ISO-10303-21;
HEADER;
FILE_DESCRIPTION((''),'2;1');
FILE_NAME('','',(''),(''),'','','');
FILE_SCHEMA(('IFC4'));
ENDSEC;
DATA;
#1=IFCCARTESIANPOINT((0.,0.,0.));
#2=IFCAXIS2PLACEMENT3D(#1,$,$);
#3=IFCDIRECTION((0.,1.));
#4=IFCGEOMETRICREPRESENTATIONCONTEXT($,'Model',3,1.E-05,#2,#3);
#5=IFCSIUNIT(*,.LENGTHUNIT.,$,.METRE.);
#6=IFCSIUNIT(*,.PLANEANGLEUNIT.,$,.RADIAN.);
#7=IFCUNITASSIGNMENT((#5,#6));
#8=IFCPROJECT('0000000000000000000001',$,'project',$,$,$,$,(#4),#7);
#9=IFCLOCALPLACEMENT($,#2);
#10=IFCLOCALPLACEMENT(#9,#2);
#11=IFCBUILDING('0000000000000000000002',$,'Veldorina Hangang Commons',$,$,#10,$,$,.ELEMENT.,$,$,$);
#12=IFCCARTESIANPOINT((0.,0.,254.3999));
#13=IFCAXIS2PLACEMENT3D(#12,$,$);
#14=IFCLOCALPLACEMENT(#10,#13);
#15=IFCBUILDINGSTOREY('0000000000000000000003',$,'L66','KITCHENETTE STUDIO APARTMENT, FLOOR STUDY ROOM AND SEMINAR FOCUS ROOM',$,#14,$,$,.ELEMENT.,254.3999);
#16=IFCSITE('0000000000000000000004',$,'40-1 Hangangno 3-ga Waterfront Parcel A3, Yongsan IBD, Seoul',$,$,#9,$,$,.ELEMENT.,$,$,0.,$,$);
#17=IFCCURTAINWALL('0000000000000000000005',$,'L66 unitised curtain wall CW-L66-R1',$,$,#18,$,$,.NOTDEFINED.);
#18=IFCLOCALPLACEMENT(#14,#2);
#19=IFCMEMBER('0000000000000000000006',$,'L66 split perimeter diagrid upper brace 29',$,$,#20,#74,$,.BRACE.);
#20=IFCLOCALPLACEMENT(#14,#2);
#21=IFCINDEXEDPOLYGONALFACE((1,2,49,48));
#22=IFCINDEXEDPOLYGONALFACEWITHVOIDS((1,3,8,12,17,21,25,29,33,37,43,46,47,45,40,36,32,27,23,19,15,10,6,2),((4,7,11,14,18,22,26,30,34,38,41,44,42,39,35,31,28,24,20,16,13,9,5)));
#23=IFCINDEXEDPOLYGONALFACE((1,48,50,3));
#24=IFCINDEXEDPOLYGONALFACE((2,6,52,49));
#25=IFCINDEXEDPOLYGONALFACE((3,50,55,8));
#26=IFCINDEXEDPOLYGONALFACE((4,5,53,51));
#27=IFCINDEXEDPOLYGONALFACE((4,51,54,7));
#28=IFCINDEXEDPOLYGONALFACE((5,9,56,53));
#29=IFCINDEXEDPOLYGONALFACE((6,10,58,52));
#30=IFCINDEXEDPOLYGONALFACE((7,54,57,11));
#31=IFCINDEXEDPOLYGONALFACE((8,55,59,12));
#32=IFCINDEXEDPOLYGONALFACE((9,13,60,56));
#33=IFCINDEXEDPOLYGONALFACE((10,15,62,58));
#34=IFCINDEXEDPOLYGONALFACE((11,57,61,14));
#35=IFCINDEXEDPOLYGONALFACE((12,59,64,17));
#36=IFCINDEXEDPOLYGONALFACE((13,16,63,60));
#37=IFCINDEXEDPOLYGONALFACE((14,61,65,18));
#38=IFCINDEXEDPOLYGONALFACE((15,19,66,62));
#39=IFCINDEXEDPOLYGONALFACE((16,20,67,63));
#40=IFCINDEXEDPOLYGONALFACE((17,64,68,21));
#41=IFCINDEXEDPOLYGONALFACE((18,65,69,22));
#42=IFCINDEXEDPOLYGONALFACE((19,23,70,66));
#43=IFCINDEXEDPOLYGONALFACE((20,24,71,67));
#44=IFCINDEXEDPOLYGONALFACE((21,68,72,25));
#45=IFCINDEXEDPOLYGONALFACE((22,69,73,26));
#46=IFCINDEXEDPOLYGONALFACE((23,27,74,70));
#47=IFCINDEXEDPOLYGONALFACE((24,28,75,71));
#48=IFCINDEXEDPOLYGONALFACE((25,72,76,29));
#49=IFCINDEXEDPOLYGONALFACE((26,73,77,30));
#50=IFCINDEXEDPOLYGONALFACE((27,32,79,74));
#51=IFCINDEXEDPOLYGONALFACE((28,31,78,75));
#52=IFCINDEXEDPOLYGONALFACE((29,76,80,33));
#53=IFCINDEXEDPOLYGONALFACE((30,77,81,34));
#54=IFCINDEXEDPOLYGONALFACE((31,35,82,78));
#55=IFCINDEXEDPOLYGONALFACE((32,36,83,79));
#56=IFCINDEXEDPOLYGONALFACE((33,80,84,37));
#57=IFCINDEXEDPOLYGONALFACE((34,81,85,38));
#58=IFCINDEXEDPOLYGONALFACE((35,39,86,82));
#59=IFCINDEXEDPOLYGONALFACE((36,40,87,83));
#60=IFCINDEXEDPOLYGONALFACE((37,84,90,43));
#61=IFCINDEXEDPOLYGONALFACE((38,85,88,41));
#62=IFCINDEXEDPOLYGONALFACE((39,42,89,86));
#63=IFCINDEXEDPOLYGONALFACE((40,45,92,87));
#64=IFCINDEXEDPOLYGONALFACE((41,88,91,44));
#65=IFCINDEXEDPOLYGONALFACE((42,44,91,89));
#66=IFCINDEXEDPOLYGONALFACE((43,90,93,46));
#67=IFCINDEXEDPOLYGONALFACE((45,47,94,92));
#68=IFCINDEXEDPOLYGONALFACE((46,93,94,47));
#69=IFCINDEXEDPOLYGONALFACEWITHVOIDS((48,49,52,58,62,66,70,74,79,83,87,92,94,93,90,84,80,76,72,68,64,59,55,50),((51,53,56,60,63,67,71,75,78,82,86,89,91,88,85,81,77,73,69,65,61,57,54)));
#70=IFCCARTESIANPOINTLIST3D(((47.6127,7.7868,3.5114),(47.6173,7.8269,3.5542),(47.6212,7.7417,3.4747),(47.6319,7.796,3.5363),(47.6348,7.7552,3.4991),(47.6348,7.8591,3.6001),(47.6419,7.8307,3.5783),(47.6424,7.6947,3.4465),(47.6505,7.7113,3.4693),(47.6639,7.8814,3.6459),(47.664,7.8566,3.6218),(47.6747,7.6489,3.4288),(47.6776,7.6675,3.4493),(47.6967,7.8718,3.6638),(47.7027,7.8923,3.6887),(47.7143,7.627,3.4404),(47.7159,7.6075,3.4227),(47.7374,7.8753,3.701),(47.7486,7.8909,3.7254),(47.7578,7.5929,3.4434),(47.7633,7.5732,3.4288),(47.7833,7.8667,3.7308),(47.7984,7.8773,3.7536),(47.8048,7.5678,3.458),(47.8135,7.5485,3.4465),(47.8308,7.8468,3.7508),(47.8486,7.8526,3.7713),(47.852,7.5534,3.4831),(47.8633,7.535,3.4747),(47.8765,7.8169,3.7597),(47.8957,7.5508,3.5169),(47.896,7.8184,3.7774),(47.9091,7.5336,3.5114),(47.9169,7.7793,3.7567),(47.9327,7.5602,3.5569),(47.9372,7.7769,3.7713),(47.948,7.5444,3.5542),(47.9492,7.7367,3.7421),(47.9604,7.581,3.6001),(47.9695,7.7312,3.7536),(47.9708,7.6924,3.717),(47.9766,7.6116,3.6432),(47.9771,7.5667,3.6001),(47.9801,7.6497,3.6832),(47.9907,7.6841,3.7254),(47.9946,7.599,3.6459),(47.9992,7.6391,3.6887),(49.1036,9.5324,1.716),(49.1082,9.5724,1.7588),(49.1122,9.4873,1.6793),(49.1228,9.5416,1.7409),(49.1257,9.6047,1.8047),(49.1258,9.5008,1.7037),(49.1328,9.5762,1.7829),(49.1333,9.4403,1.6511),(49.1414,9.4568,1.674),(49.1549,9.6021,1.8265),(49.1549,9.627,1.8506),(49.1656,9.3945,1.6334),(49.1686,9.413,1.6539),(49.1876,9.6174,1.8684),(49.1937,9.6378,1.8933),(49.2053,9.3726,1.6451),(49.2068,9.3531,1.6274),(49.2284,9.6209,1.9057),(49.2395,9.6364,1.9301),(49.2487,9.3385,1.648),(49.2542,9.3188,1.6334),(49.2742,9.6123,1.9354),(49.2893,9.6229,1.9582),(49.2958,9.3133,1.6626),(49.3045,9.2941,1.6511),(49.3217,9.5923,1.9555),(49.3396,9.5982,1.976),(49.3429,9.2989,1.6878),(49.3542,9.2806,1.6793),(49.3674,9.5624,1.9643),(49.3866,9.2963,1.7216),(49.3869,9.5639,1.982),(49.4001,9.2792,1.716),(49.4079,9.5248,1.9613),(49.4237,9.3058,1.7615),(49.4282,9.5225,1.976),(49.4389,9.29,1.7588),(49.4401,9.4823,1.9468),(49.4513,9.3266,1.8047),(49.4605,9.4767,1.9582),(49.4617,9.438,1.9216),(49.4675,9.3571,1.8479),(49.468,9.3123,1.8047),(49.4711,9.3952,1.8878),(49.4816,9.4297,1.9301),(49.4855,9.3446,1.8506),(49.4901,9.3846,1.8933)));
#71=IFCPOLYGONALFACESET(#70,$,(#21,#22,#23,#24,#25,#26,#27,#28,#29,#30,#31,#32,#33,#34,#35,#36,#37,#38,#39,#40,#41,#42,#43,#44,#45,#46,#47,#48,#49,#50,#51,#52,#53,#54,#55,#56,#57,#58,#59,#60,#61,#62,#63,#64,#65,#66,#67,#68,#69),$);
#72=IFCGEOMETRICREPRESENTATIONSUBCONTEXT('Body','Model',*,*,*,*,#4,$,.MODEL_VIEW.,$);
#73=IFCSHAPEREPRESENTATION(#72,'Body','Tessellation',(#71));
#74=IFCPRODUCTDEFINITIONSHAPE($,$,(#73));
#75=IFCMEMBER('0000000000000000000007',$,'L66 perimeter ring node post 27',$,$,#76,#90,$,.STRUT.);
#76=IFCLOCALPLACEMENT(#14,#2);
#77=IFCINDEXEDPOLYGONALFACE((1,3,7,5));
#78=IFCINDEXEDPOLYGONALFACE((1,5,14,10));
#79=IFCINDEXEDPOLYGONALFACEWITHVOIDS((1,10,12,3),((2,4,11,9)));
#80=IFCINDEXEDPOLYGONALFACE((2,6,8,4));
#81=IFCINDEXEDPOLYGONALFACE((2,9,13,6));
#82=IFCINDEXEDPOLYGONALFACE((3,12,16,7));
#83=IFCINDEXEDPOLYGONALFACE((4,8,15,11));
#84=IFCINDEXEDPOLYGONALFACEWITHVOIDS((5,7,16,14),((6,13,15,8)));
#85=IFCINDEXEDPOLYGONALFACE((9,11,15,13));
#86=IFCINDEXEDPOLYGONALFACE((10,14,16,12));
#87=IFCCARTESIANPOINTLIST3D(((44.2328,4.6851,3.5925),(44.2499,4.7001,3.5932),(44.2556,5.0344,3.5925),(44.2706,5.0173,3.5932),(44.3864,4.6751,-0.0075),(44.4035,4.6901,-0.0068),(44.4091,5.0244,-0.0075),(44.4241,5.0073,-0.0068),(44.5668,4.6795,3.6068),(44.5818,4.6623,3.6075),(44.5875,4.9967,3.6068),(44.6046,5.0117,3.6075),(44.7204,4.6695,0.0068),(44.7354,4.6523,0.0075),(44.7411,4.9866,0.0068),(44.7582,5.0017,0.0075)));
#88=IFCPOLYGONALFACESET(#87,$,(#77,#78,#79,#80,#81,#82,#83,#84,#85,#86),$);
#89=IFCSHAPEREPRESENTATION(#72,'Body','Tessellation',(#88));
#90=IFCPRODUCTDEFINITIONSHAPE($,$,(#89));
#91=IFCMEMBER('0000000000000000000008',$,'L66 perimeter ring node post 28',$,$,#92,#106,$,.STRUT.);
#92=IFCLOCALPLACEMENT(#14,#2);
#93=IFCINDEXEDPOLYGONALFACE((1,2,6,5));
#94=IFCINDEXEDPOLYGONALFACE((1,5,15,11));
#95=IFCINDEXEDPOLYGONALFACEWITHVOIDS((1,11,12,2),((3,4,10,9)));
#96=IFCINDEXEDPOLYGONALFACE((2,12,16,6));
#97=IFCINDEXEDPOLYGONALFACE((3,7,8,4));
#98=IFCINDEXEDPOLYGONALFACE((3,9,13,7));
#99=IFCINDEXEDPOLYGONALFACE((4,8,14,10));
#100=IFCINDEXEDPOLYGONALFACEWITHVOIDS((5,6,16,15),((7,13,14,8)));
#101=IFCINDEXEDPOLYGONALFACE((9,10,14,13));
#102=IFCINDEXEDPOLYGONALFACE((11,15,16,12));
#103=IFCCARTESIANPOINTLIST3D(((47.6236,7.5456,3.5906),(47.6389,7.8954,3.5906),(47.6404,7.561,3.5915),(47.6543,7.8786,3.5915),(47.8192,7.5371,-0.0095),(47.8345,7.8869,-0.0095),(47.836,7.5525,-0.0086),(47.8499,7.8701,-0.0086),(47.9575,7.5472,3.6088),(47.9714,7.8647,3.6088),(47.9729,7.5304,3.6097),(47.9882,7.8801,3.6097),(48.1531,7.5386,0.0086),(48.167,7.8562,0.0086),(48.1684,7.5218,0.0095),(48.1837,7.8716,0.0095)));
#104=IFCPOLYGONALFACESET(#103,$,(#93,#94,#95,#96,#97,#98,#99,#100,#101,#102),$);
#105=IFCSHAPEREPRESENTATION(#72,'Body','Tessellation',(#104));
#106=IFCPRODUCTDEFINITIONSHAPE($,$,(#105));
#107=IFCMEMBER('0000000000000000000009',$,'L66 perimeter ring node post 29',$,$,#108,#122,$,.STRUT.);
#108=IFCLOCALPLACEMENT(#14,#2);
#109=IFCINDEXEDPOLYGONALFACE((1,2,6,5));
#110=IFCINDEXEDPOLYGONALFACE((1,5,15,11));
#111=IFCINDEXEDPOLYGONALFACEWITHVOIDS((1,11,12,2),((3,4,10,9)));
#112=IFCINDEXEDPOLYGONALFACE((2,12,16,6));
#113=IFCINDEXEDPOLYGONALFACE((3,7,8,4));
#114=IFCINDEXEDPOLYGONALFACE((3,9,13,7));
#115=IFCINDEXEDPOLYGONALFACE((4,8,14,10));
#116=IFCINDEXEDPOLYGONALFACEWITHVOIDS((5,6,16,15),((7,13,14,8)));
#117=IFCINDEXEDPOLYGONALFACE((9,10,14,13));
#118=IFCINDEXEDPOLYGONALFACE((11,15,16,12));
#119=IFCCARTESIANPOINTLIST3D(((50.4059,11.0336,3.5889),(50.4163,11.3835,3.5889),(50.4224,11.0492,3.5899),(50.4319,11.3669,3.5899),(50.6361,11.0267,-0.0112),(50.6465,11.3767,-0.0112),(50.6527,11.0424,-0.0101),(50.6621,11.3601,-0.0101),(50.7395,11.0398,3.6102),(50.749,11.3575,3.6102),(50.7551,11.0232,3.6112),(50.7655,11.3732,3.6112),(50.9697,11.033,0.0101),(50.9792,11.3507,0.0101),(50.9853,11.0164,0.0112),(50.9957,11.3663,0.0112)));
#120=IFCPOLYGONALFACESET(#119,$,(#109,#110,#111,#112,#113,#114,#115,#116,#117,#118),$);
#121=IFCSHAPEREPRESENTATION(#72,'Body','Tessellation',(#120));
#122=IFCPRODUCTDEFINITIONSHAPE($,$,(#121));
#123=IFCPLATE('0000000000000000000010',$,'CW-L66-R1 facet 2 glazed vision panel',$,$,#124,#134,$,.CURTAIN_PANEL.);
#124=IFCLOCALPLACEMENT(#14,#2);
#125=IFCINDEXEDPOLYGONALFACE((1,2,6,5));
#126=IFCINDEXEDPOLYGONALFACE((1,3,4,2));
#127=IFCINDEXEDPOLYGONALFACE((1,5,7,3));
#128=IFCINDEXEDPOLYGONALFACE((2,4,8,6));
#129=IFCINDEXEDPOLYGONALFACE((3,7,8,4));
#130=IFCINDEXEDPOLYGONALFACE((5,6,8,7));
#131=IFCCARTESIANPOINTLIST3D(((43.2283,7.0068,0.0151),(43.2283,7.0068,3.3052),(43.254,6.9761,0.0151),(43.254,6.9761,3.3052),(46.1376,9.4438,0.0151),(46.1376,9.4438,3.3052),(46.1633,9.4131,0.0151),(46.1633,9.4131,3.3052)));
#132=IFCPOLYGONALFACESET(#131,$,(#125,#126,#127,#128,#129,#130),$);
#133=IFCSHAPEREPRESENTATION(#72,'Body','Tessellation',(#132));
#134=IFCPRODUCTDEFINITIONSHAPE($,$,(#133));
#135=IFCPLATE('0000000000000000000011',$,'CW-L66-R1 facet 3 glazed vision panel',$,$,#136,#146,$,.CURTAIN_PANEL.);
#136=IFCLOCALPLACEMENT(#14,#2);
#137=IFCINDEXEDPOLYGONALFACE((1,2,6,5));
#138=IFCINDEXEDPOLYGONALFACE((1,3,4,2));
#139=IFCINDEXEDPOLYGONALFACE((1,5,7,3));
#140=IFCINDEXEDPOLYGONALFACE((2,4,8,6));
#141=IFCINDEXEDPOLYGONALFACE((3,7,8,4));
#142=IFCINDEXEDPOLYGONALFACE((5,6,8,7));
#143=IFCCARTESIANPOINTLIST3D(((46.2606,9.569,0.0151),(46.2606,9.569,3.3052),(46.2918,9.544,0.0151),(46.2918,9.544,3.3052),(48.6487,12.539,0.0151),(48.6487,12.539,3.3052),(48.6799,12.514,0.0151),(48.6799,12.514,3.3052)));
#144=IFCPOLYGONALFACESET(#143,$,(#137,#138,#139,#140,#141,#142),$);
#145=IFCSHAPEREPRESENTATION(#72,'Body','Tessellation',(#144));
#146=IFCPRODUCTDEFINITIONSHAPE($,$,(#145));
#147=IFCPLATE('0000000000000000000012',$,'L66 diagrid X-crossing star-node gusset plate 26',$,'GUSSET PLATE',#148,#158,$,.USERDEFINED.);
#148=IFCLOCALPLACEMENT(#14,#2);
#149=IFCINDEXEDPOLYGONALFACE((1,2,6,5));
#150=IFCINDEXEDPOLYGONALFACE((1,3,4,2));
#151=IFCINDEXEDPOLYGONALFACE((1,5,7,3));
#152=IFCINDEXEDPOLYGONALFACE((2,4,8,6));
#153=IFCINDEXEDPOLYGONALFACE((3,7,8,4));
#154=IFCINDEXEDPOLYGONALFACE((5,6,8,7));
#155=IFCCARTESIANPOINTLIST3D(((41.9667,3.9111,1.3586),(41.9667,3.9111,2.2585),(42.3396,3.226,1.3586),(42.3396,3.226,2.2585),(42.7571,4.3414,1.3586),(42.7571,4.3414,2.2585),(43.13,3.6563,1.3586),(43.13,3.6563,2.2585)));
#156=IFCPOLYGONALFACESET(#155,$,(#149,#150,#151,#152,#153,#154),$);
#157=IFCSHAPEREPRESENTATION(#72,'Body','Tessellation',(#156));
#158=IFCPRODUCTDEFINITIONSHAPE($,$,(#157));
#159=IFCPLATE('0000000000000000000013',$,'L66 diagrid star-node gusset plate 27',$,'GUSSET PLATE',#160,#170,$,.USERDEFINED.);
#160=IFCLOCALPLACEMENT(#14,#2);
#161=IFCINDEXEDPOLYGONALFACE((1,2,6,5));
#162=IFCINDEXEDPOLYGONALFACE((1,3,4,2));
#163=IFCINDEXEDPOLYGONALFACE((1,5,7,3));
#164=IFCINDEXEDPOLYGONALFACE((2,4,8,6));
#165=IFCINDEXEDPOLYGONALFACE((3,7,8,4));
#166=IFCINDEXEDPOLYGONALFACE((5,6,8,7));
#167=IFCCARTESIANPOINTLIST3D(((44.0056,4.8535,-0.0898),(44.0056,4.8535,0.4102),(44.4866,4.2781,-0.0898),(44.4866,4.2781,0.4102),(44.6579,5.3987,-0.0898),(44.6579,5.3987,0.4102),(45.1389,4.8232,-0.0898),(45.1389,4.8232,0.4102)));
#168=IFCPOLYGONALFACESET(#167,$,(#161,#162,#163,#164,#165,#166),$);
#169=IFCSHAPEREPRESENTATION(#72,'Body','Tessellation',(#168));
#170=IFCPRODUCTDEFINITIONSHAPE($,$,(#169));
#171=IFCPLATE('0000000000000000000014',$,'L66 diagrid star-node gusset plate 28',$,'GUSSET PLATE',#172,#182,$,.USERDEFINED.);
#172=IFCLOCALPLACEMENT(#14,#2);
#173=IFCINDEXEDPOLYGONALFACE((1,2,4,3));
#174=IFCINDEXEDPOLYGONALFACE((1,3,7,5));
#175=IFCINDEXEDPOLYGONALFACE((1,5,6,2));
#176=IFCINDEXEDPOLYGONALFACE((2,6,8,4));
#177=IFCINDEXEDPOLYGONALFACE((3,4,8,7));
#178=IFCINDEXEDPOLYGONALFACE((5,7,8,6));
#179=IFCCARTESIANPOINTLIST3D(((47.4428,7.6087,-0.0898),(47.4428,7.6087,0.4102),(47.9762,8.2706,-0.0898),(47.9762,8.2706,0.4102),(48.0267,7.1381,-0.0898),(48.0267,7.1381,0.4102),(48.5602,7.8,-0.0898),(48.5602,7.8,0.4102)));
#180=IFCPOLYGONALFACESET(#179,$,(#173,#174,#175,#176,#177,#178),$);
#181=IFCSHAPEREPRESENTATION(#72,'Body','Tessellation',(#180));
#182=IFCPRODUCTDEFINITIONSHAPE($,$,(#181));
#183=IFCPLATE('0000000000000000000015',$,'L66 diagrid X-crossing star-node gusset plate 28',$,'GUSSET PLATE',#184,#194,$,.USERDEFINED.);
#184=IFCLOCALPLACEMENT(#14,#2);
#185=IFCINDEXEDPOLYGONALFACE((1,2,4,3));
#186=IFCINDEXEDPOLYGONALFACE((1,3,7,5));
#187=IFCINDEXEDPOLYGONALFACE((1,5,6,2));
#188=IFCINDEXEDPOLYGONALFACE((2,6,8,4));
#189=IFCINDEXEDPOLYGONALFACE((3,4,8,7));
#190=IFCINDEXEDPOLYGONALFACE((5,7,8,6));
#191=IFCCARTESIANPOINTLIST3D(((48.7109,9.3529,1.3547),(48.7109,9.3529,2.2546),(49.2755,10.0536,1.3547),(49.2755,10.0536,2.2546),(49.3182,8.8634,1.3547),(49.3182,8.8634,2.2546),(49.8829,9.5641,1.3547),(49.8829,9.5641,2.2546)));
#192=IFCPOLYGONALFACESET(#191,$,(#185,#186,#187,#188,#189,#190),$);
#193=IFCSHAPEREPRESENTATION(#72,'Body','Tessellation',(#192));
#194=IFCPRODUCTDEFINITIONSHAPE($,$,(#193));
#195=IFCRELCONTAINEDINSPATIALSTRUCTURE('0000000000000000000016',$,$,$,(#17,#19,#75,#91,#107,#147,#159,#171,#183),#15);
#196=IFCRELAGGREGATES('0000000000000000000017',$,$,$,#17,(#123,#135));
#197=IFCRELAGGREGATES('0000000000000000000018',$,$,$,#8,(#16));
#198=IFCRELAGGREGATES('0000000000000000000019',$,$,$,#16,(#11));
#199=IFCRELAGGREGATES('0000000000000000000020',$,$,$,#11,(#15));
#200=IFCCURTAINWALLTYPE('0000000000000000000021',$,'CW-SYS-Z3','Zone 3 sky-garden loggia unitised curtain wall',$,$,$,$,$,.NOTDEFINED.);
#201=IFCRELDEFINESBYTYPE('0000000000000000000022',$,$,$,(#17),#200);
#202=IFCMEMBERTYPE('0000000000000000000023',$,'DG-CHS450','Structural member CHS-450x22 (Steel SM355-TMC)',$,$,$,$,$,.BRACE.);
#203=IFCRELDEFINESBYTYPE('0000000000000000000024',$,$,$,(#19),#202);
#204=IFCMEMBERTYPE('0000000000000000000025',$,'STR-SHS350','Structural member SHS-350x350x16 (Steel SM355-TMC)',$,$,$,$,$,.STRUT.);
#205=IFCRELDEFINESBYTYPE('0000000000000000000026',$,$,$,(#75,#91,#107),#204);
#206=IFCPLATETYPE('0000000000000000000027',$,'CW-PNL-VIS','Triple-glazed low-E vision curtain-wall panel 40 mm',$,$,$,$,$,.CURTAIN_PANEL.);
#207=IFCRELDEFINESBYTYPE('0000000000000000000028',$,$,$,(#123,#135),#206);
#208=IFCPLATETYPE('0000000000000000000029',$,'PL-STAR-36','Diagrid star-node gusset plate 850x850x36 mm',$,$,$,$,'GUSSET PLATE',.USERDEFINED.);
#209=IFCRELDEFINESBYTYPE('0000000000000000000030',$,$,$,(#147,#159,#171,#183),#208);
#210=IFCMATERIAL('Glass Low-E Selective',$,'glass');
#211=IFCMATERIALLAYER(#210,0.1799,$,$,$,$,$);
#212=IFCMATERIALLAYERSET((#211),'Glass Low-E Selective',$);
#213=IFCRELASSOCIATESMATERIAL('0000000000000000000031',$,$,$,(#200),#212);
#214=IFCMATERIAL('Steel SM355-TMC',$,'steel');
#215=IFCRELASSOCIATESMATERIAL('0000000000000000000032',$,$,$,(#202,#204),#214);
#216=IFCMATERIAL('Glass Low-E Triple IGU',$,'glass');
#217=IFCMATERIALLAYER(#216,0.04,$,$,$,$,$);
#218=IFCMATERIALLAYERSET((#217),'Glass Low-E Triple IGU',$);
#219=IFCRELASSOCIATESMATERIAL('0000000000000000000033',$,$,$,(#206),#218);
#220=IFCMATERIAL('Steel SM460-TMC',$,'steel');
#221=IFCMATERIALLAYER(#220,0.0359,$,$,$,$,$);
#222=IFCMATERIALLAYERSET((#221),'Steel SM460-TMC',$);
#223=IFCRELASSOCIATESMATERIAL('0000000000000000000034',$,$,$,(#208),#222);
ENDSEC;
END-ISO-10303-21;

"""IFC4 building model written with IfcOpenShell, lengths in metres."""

from ifc_helpers import new_model, si_unit, direction, frame, origin, origin_2d, place, context, subcontext, project, spatial, rectangle, hollow_rectangle, hollow_circle, extrude, material, layer, layer_set, material_profile, profile_set, type_object, element, aggregate, save


model = new_model("IFC4")

# Units and contexts
model_context = context("Model", 3, precision=1e-05, world=origin(), true_north=direction((0.0, 1.0)))
body_context = subcontext(model_context, "Body", "Model", "MODEL_VIEW")
ifc_project = project(units=[si_unit("LENGTHUNIT", "METRE"), si_unit("PLANEANGLEUNIT", "RADIAN")], contexts=[model_context])

# Site, building, storey
site_placement = place(None, origin())
site = spatial("IfcSite", under=ifc_project, at=site_placement, Name="40-1 Hangangno 3-ga Waterfront Parcel A3, Yongsan IBD, Seoul", CompositionType="ELEMENT", RefElevation=0.0)
building_placement = place(site_placement, origin())
building = spatial("IfcBuilding", under=site, at=building_placement, Name="Veldorina Hangang Commons", CompositionType="ELEMENT")
storey_placement = place(building_placement, frame((0.0, 0.0, 254.3999)))
storey = spatial("IfcBuildingStorey", under=building, at=storey_placement, Name="L66", Description="KITCHENETTE STUDIO APARTMENT, FLOOR STUDY ROOM AND SEMINAR FOCUS ROOM", CompositionType="ELEMENT", Elevation=254.3999)

# Shared definitions
ifc_material_1 = material(Name="Steel SM355-TMC", Category="steel")

# Curtain wall
ifc_material_2 = material(Name="Glass Low-E Selective", Category="glass")
ifc_layer_1 = layer(ifc_material_2, 0.1799)
ifc_layer_set_1 = layer_set([ifc_layer_1], Name="Glass Low-E Selective")
curtain_wall_type = type_object("IfcCurtainWallType", Name="CW-SYS-Z3", Description="Zone 3 sky-garden loggia unitised curtain wall", PredefinedType="NOTDEFINED", material=ifc_layer_set_1)
curtain_wall_placement = place(storey_placement, origin())
curtain_wall = element("IfcCurtainWall", 1, at=curtain_wall_placement, inside=storey, type_object=curtain_wall_type, Name="L66 unitised curtain wall CW-L66-R1", PredefinedType="NOTDEFINED")

# Members
ifc_material_profile_1 = material_profile(ifc_material_1, hollow_circle(Radius=0.2251, WallThickness=0.022, at=origin_2d()), Name="CHS-450x22")
ifc_profile_set_1 = profile_set([ifc_material_profile_1], Name="Steel SM355-TMC")
member_type_1 = type_object("IfcMemberType", Name="DG-CHS450", Description="Structural member CHS-450x22 (Steel SM355-TMC)", PredefinedType="BRACE", material=ifc_profile_set_1)
member_1_placement = place(storey_placement, frame((49.2969, 9.4585, 1.8047), z_axis=(-0.511589, -0.598963, 0.616052), x_axis=(0.760389, -0.649468, 0.0)))
element("IfcMember", 2, at=member_1_placement, inside=storey, type_object=member_type_1, Name="L66 split perimeter diagrid upper brace 29", PredefinedType="BRACE", context=body_context, shape_type="SweptSolid", body=[
    extrude(hollow_circle(Radius=0.2251, WallThickness=0.022, at=origin_2d()), origin(), (0.0, 0.0, 1.0), 2.9143),
])
ifc_material_profile_2 = material_profile(ifc_material_1, hollow_rectangle(XDim=0.3501, YDim=0.3501, WallThickness=0.0161, at=origin_2d()), Name="SHS-350x350x16")
ifc_profile_set_2 = profile_set([ifc_material_profile_2], Name="Steel SM355-TMC")
member_type_2 = type_object("IfcMemberType", Name="STR-SHS350", Description="Structural member SHS-350x350x16 (Steel SM355-TMC)", PredefinedType="STRUT", material=ifc_profile_set_2)
member_2_placement = place(storey_placement, frame((44.5723, 4.8384, 0.0), z_axis=(-0.042617, 0.002778, 0.999088), x_axis=(-0.065045, -0.997882, 0.0)))
element("IfcMember", 3, at=member_2_placement, inside=storey, type_object=member_type_2, Name="L66 perimeter ring node post 27", PredefinedType="STRUT", context=body_context, shape_type="SweptSolid", body=[
    extrude(hollow_rectangle(XDim=0.3501, YDim=0.3501, WallThickness=0.0161, at=origin_2d()), origin(), (0.0, 0.0, 1.0), 3.6033),
])
member_3_placement = place(storey_placement, frame((48.0015, 7.7043, 0.0), z_axis=(-0.05424, 0.00237, 0.998525), x_axis=(-0.043654, -0.999047, 0.0)))
element("IfcMember", 4, at=member_3_placement, inside=storey, type_object=member_type_2, Name="L66 perimeter ring node post 28", PredefinedType="STRUT", context=body_context, shape_type="SweptSolid", body=[
    extrude(hollow_rectangle(XDim=0.3501, YDim=0.3501, WallThickness=0.0161, at=origin_2d()), origin(), (0.0, 0.0, 1.0), 3.6055),
])
member_4_placement = place(storey_placement, frame((50.8159, 11.1965, 0.0), z_axis=(-0.063819, 0.001895, 0.99796), x_axis=(-0.029679, -0.999559, 0.0)))
element("IfcMember", 5, at=member_4_placement, inside=storey, type_object=member_type_2, Name="L66 perimeter ring node post 29", PredefinedType="STRUT", context=body_context, shape_type="SweptSolid", body=[
    extrude(hollow_rectangle(XDim=0.3501, YDim=0.3501, WallThickness=0.0161, at=origin_2d()), origin(), (0.0, 0.0, 1.0), 3.6074),
])

# Plates
ifc_material_3 = material(Name="Glass Low-E Triple IGU", Category="glass")
ifc_layer_2 = layer(ifc_material_3, 0.04)
ifc_layer_set_2 = layer_set([ifc_layer_2], Name="Glass Low-E Triple IGU")
plate_type_1 = type_object("IfcPlateType", Name="CW-PNL-VIS", Description="Triple-glazed low-E vision curtain-wall panel 40 mm", PredefinedType="CURTAIN_PANEL", material=ifc_layer_set_2)
plate_1_placement = place(storey_placement, frame((44.6958, 8.21, 0.0151), z_axis=(0.0, 0.0, 1.0), x_axis=(0.766583, 0.642146, 0.0)))
plate_1 = element("IfcPlate", 6, at=plate_1_placement, type_object=plate_type_1, Name="CW-L66-R1 facet 2 glazed vision panel", PredefinedType="CURTAIN_PANEL", context=body_context, shape_type="SweptSolid", body=[
    extrude(rectangle(XDim=3.7952, YDim=0.04, at=origin_2d()), origin(), (0.0, 0.0, 1.0), 3.29),
])
plate_2_placement = place(storey_placement, frame((47.4702, 11.0415, 0.0151), z_axis=(0.0, 0.0, 1.0), x_axis=(0.626631, 0.779316, 0.0)))
plate_2 = element("IfcPlate", 7, at=plate_2_placement, type_object=plate_type_1, Name="CW-L66-R1 facet 3 glazed vision panel", PredefinedType="CURTAIN_PANEL", context=body_context, shape_type="SweptSolid", body=[
    extrude(rectangle(XDim=3.811, YDim=0.04, at=origin_2d()), origin(), (0.0, 0.0, 1.0), 3.29),
])
aggregate(curtain_wall, [plate_1, plate_2])

# Plates
ifc_material_4 = material(Name="Steel SM460-TMC", Category="steel")
ifc_layer_3 = layer(ifc_material_4, 0.0359)
ifc_layer_set_3 = layer_set([ifc_layer_3], Name="Steel SM460-TMC")
plate_type_2 = type_object("IfcPlateType", Name="PL-STAR-36", Description="Diagrid star-node gusset plate 850x850x36 mm", ElementType="GUSSET PLATE", PredefinedType="USERDEFINED", material=ifc_layer_set_3)
plate_3_placement = place(storey_placement, frame((42.5483, 3.7837, 1.3586), z_axis=(0.0, 0.0, 1.0), x_axis=(0.8783, 0.478109, 0.0)))
element("IfcPlate", 8, at=plate_3_placement, inside=storey, type_object=plate_type_2, Name="L66 diagrid X-crossing star-node gusset plate 26", ObjectType="GUSSET PLATE", PredefinedType="USERDEFINED", context=body_context, shape_type="SweptSolid", body=[
    extrude(rectangle(XDim=0.8999, YDim=0.78, at=origin_2d()), origin(), (0.0, 0.0, 1.0), 0.8999),
])
for number, where, z_axis, x_axis, name in (
    (9, (44.5723, 4.8384, -0.0898), (0.0, 0.0, 1.0), (0.767299, 0.641289, 0.0), "L66 diagrid star-node gusset plate 27"),
    (10, (48.0015, 7.7043, -0.0898), (0.0, 0.0, 1.0), (0.627488, 0.778627, 0.0), "L66 diagrid star-node gusset plate 28"),
):
    element("IfcPlate", number, at=place(storey_placement, frame(where, z_axis=z_axis, x_axis=x_axis)), inside=storey, type_object=plate_type_2, Name=name, ObjectType="GUSSET PLATE", PredefinedType="USERDEFINED", context=body_context, shape_type="SweptSolid", body=[
        extrude(rectangle(XDim=0.8501, YDim=0.75, at=origin_2d()), origin(), (0.0, 0.0, 1.0), 0.5),
    ])
plate_4_placement = place(storey_placement, frame((49.2969, 9.4585, 1.3547), z_axis=(0.0, 0.0, 1.0), x_axis=(0.627488, 0.778627, 0.0)))
element("IfcPlate", 11, at=plate_4_placement, inside=storey, type_object=plate_type_2, Name="L66 diagrid X-crossing star-node gusset plate 28", ObjectType="GUSSET PLATE", PredefinedType="USERDEFINED", context=body_context, shape_type="SweptSolid", body=[
    extrude(rectangle(XDim=0.8999, YDim=0.78, at=origin_2d()), origin(), (0.0, 0.0, 1.0), 0.8999),
])

save(model, "model.ifc")
